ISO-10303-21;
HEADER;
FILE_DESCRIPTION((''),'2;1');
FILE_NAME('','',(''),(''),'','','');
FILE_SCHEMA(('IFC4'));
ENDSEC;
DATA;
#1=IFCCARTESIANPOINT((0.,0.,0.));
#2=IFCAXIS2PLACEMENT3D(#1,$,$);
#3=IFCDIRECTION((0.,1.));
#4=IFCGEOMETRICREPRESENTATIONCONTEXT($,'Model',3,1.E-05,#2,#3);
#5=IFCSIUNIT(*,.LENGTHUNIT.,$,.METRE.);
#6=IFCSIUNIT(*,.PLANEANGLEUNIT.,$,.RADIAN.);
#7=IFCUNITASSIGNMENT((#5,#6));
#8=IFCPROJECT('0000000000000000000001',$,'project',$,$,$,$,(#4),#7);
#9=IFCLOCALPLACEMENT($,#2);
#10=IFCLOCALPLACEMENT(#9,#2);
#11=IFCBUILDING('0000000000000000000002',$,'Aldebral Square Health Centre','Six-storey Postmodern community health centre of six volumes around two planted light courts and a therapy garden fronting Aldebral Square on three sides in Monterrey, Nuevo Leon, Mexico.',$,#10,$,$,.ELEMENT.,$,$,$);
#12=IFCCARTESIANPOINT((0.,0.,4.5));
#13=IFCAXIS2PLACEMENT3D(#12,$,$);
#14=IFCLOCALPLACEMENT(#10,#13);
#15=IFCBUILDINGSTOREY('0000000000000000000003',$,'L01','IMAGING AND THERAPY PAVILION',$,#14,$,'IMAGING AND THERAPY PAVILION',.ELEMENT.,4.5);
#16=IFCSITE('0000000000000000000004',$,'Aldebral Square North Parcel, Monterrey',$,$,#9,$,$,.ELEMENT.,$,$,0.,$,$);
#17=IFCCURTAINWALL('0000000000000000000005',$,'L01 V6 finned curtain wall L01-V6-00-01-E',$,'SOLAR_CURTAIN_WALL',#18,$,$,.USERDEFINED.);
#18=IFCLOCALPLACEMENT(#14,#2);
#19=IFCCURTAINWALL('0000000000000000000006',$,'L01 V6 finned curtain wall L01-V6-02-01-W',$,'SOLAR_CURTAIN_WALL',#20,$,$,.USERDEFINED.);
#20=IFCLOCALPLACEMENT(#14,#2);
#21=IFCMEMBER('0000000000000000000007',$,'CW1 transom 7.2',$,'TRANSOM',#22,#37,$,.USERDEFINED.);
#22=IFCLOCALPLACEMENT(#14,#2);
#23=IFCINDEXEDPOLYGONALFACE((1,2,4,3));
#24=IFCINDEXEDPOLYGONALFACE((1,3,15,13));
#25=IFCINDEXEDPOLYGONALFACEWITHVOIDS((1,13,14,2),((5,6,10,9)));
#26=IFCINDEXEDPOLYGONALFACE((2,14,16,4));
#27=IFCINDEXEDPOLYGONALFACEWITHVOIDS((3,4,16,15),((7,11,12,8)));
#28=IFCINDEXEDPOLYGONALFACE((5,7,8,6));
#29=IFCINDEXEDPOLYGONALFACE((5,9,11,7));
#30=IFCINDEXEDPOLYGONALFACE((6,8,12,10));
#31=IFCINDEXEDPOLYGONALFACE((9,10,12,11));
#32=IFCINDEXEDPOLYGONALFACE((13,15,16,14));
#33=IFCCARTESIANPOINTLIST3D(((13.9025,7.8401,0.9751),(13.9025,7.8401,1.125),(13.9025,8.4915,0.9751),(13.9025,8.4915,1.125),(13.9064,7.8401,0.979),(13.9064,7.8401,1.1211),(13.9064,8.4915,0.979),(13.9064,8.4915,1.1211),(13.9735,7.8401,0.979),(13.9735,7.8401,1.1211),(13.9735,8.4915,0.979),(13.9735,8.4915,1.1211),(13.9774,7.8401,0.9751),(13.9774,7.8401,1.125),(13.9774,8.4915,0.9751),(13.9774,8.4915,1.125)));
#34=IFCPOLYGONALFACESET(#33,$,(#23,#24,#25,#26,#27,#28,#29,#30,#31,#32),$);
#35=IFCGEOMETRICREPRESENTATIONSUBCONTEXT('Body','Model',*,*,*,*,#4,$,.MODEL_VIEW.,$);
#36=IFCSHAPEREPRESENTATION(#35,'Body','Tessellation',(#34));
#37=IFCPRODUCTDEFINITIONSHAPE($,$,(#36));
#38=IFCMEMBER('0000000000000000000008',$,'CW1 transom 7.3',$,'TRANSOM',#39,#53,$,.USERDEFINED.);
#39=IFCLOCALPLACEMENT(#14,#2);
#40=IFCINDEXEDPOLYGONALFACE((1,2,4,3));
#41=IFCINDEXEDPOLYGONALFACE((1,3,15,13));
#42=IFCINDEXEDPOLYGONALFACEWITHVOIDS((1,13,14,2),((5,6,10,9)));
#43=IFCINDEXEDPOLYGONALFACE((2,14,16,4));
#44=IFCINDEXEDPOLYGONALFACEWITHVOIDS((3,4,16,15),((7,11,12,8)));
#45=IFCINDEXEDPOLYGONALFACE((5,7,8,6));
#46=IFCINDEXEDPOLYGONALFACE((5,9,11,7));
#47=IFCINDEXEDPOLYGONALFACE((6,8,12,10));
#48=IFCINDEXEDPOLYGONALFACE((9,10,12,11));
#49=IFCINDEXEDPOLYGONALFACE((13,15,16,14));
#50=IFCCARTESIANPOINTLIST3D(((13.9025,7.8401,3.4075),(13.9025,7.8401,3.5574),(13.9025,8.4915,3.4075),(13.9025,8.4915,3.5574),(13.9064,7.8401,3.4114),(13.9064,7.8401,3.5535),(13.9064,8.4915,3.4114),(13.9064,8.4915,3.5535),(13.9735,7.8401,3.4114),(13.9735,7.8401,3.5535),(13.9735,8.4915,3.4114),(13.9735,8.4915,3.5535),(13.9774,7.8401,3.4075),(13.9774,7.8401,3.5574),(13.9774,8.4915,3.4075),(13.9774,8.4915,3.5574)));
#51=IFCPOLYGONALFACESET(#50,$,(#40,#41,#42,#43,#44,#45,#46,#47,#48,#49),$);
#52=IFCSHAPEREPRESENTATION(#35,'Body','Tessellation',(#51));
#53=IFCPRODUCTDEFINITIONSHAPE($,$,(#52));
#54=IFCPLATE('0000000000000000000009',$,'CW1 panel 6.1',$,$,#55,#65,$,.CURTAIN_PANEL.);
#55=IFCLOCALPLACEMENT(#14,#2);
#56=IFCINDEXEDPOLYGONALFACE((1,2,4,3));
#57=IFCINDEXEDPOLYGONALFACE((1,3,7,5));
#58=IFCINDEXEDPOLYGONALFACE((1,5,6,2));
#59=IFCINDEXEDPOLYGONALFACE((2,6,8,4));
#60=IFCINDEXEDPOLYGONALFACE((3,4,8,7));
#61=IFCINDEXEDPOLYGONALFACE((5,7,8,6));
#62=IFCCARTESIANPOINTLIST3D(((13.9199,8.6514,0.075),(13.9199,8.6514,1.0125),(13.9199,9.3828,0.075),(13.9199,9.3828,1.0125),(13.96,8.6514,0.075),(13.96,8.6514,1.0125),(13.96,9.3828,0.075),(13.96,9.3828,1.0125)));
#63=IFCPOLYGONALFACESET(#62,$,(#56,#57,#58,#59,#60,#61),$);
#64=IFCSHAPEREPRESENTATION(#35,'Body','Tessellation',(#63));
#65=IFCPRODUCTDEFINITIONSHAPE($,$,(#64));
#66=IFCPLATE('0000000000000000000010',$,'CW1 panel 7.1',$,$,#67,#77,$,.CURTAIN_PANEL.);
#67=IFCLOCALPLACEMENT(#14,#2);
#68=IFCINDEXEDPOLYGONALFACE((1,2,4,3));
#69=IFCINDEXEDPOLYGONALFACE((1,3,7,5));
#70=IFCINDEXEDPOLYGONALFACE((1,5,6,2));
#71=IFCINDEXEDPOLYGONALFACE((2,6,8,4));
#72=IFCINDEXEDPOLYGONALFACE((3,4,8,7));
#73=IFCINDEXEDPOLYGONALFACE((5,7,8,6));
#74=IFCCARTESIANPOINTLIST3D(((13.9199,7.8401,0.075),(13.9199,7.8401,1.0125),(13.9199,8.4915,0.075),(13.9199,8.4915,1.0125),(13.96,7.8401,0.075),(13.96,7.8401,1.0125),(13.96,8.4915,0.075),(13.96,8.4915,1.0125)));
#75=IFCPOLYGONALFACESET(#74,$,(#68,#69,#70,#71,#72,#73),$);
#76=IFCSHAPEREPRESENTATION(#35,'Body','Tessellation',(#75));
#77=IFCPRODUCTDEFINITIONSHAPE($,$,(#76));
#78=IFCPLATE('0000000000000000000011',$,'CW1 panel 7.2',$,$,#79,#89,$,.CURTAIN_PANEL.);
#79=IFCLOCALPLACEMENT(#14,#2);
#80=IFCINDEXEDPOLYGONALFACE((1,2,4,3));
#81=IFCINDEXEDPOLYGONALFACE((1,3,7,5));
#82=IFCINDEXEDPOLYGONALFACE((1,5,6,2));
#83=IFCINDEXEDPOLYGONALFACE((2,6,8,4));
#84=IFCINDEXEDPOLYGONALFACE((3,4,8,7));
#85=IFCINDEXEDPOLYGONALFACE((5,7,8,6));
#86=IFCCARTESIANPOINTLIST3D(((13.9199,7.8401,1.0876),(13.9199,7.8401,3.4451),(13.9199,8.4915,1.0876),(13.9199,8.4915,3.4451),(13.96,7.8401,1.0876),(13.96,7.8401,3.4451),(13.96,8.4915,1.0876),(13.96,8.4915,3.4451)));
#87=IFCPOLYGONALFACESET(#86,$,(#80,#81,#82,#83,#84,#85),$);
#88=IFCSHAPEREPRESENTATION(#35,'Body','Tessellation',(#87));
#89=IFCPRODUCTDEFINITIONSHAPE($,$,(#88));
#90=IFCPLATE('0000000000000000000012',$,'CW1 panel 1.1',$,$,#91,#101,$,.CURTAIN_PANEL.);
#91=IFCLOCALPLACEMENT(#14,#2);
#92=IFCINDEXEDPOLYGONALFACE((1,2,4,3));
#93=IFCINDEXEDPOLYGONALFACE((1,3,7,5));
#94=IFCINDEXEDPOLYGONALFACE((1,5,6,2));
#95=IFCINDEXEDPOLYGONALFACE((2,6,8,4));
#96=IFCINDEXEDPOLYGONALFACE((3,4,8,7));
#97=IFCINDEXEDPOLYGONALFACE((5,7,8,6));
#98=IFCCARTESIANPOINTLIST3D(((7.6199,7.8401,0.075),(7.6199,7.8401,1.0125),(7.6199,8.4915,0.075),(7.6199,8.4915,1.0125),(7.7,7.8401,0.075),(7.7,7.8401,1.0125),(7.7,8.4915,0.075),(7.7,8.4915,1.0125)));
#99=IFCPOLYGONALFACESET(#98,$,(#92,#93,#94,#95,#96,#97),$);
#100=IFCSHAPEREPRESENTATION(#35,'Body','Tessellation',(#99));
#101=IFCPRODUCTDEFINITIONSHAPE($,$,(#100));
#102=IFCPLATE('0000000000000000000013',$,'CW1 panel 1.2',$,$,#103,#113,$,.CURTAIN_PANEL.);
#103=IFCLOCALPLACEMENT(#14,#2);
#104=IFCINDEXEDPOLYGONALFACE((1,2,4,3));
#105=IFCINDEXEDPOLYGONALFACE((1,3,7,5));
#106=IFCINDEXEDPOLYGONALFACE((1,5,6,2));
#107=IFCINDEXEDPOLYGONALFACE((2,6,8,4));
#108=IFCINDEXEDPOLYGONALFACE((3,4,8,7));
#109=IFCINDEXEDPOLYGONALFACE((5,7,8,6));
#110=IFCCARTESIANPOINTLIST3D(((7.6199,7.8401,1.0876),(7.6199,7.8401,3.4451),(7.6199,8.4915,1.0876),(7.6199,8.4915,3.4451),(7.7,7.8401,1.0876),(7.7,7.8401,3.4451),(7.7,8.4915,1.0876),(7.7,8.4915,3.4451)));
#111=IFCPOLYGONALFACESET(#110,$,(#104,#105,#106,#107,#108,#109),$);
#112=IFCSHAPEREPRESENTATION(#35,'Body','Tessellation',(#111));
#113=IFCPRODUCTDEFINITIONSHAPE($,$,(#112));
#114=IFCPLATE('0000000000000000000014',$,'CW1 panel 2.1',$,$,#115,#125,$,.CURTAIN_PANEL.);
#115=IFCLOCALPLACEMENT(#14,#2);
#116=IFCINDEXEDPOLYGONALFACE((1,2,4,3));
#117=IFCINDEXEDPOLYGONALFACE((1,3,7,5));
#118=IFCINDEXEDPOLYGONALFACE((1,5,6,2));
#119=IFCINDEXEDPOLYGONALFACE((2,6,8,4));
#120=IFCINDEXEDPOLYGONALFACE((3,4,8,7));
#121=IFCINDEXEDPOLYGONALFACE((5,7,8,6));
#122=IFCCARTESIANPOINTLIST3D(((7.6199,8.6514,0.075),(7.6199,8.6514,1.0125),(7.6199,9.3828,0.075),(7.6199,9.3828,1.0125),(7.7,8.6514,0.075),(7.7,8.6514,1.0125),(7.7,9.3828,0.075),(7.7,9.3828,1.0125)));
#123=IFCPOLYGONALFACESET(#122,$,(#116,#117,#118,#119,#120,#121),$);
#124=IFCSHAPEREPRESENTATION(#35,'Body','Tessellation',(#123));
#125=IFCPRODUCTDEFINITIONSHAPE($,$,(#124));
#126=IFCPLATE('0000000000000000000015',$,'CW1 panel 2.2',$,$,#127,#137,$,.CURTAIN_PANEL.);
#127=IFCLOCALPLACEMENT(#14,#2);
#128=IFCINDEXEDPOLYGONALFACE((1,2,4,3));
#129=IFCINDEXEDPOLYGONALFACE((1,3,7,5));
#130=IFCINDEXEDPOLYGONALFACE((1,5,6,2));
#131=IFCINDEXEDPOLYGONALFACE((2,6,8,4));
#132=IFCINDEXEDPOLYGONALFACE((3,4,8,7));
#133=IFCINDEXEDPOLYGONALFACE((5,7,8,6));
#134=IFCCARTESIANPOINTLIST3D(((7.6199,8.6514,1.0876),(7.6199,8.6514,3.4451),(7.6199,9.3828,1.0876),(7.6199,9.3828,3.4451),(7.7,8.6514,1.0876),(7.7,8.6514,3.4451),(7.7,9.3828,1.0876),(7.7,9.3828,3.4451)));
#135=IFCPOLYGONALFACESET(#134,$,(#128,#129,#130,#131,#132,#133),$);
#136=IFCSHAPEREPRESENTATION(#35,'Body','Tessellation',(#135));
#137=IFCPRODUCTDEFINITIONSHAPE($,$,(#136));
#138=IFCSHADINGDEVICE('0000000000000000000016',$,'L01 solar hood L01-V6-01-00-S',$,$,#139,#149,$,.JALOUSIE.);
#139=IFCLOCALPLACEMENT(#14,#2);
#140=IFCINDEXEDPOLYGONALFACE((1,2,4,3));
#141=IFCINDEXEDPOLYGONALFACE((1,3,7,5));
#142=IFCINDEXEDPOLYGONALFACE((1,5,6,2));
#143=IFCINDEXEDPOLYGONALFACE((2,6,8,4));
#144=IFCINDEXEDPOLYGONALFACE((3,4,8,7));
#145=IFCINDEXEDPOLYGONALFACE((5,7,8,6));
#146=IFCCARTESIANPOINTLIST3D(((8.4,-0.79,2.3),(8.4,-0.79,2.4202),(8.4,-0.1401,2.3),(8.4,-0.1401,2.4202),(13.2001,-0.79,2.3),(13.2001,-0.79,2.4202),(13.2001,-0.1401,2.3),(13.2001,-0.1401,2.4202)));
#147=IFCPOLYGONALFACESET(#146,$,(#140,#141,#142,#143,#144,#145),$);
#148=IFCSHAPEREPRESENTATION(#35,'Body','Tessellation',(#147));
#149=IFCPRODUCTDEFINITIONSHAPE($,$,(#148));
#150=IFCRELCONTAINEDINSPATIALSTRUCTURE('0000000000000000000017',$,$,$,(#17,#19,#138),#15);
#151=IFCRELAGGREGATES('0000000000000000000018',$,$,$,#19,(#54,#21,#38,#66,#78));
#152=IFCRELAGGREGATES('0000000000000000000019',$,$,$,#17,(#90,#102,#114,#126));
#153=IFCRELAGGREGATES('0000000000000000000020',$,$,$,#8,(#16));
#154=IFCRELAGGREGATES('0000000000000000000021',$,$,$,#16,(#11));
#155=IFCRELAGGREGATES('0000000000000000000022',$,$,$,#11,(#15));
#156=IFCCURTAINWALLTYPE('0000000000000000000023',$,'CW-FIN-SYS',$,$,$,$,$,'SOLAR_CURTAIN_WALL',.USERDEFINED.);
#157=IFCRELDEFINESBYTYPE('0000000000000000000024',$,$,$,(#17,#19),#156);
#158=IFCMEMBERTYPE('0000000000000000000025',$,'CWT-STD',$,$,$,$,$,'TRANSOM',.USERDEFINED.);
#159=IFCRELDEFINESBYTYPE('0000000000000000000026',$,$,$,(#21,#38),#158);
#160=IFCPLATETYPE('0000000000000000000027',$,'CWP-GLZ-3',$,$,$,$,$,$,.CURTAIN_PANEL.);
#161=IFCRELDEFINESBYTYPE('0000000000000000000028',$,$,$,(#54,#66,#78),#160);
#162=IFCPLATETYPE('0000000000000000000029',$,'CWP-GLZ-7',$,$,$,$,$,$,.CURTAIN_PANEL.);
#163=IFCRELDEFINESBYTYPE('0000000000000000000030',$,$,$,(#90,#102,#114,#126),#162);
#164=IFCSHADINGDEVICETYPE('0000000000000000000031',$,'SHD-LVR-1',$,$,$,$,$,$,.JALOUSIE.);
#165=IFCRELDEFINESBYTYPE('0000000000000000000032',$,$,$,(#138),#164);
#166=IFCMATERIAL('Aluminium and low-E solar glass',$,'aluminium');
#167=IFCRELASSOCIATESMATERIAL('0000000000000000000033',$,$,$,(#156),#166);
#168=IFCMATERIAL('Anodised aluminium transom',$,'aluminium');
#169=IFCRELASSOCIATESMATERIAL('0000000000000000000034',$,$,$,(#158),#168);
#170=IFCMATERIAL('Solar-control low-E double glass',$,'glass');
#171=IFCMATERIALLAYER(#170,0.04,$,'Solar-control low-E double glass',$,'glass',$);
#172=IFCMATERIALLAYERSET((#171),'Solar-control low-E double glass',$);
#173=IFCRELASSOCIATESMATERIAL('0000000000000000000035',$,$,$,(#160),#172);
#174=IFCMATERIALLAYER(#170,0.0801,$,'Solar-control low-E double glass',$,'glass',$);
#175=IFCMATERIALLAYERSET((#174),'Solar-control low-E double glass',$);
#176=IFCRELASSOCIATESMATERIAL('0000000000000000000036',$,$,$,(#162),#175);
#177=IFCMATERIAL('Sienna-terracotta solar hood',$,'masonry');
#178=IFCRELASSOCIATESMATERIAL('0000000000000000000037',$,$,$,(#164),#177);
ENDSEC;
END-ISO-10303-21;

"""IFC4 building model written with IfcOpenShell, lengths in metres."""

from ifc_helpers import new_model, si_unit, direction, frame, origin, origin_2d, place, context, subcontext, project, spatial, rectangle, hollow_rectangle, extrude, material, layer, layer_set, material_profile, profile_set, type_object, element, aggregate, save


model = new_model("IFC4")

# Units and contexts
model_context = context("Model", 3, precision=1e-05, world=origin(), true_north=direction((0.0, 1.0)))
body_context = subcontext(model_context, "Body", "Model", "MODEL_VIEW")
ifc_project = project(units=[si_unit("LENGTHUNIT", "METRE"), si_unit("PLANEANGLEUNIT", "RADIAN")], contexts=[model_context])

# Site, building, storey
site_placement = place(None, origin())
site = spatial("IfcSite", under=ifc_project, at=site_placement, Name="Aldebral Square North Parcel, Monterrey", CompositionType="ELEMENT", RefElevation=0.0)
building_placement = place(site_placement, origin())
building = spatial("IfcBuilding", under=site, at=building_placement, Name="Aldebral Square Health Centre", Description="Six-storey Postmodern community health centre of six volumes around two planted light courts and a therapy garden fronting Aldebral Square on three sides in Monterrey, Nuevo Leon, Mexico.", CompositionType="ELEMENT")
storey_placement = place(building_placement, frame((0.0, 0.0, 4.5)))
storey = spatial("IfcBuildingStorey", under=building, at=storey_placement, Name="L01", Description="IMAGING AND THERAPY PAVILION", LongName="IMAGING AND THERAPY PAVILION", CompositionType="ELEMENT", Elevation=4.5)

# Curtain wall
ifc_material_1 = material(Name="Aluminium and low-E solar glass", Category="aluminium")
curtain_wall_type = type_object("IfcCurtainWallType", Name="CW-FIN-SYS", ElementType="SOLAR_CURTAIN_WALL", PredefinedType="USERDEFINED", material=ifc_material_1)
curtain_wall_1_placement = place(storey_placement, origin())
curtain_wall_1 = element("IfcCurtainWall", 1, at=curtain_wall_1_placement, inside=storey, type_object=curtain_wall_type, Name="L01 V6 finned curtain wall L01-V6-00-01-E", ObjectType="SOLAR_CURTAIN_WALL", PredefinedType="USERDEFINED")

# Curtain wall
curtain_wall_2_placement = place(storey_placement, origin())
curtain_wall_2 = element("IfcCurtainWall", 2, at=curtain_wall_2_placement, inside=storey, type_object=curtain_wall_type, Name="L01 V6 finned curtain wall L01-V6-02-01-W", ObjectType="SOLAR_CURTAIN_WALL", PredefinedType="USERDEFINED")

# Members
ifc_material_2 = material(Name="Anodised aluminium transom", Category="aluminium")
ifc_material_profile_1 = material_profile(ifc_material_2, hollow_rectangle(XDim=0.075, YDim=0.1499, WallThickness=0.0039, at=origin_2d()), Name="CWT 75x150x4")
ifc_profile_set_1 = profile_set([ifc_material_profile_1], Name="Anodised aluminium transom")
member_type_1 = type_object("IfcMemberType", Name="CWT-STD", ElementType="TRANSOM", PredefinedType="USERDEFINED", material=ifc_profile_set_1)
member_1_placement = place(storey_placement, frame((13.9399, 8.4915, 1.05), z_axis=(0.0, -1.0, 0.0), x_axis=(1.0, 0.0, 0.0)))
member_1 = element("IfcMember", 3, at=member_1_placement, type_object=member_type_1, Name="CW1 transom 7.2", ObjectType="TRANSOM", PredefinedType="USERDEFINED", context=body_context, shape_type="SweptSolid", body=[
    extrude(hollow_rectangle(XDim=0.075, YDim=0.1499, WallThickness=0.0039, at=origin_2d()), origin(), (0.0, 0.0, 1.0), 0.6514),
])
member_2_placement = place(storey_placement, frame((13.9399, 8.4915, 3.4824), z_axis=(0.0, -1.0, 0.0), x_axis=(1.0, 0.0, 0.0)))
member_2 = element("IfcMember", 4, at=member_2_placement, type_object=member_type_1, Name="CW1 transom 7.3", ObjectType="TRANSOM", PredefinedType="USERDEFINED", context=body_context, shape_type="SweptSolid", body=[
    extrude(hollow_rectangle(XDim=0.075, YDim=0.1499, WallThickness=0.0039, at=origin_2d()), origin(), (0.0, 0.0, 1.0), 0.6514),
])

# Plates
ifc_material_3 = material(Name="Solar-control low-E double glass", Category="glass")
ifc_layer_1 = layer(ifc_material_3, 0.04, Name="Solar-control low-E double glass", Category="glass")
ifc_layer_set_1 = layer_set([ifc_layer_1], Name="Solar-control low-E double glass")
plate_type_1 = type_object("IfcPlateType", Name="CWP-GLZ-3", PredefinedType="CURTAIN_PANEL", material=ifc_layer_set_1)
plate_1_placement = place(storey_placement, frame((13.9399, 9.0171, 0.075), z_axis=(0.0, 0.0, 1.0), x_axis=(0.0, -1.0, 0.0)))
plate_1 = element("IfcPlate", 5, at=plate_1_placement, type_object=plate_type_1, Name="CW1 panel 6.1", PredefinedType="CURTAIN_PANEL", context=body_context, shape_type="SweptSolid", body=[
    extrude(rectangle(XDim=0.7314, YDim=0.04, at=origin_2d()), origin(), (0.0, 0.0, 1.0), 0.9375),
])
plate_2_placement = place(storey_placement, frame((13.9399, 8.1658, 0.075), z_axis=(0.0, 0.0, 1.0), x_axis=(0.0, -1.0, 0.0)))
plate_2 = element("IfcPlate", 6, at=plate_2_placement, type_object=plate_type_1, Name="CW1 panel 7.1", PredefinedType="CURTAIN_PANEL", context=body_context, shape_type="SweptSolid", body=[
    extrude(rectangle(XDim=0.6514, YDim=0.04, at=origin_2d()), origin(), (0.0, 0.0, 1.0), 0.9375),
])
plate_3_placement = place(storey_placement, frame((13.9399, 8.1658, 1.0876), z_axis=(0.0, 0.0, 1.0), x_axis=(0.0, -1.0, 0.0)))
plate_3 = element("IfcPlate", 7, at=plate_3_placement, type_object=plate_type_1, Name="CW1 panel 7.2", PredefinedType="CURTAIN_PANEL", context=body_context, shape_type="SweptSolid", body=[
    extrude(rectangle(XDim=0.6514, YDim=0.04, at=origin_2d()), origin(), (0.0, 0.0, 1.0), 2.3574),
])
aggregate(curtain_wall_2, [plate_1, member_1, member_2, plate_2, plate_3])
ifc_layer_2 = layer(ifc_material_3, 0.0801, Name="Solar-control low-E double glass", Category="glass")
ifc_layer_set_2 = layer_set([ifc_layer_2], Name="Solar-control low-E double glass")
plate_type_2 = type_object("IfcPlateType", Name="CWP-GLZ-7", PredefinedType="CURTAIN_PANEL", material=ifc_layer_set_2)
plate_4_placement = place(storey_placement, frame((7.6599, 8.1658, 0.075), z_axis=(0.0, 0.0, 1.0), x_axis=(0.0, 1.0, 0.0)))
plate_4 = element("IfcPlate", 8, at=plate_4_placement, type_object=plate_type_2, Name="CW1 panel 1.1", PredefinedType="CURTAIN_PANEL", context=body_context, shape_type="SweptSolid", body=[
    extrude(rectangle(XDim=0.6514, YDim=0.0801, at=origin_2d()), origin(), (0.0, 0.0, 1.0), 0.9375),
])
plate_5_placement = place(storey_placement, frame((7.6599, 8.1658, 1.0876), z_axis=(0.0, 0.0, 1.0), x_axis=(0.0, 1.0, 0.0)))
plate_5 = element("IfcPlate", 9, at=plate_5_placement, type_object=plate_type_2, Name="CW1 panel 1.2", PredefinedType="CURTAIN_PANEL", context=body_context, shape_type="SweptSolid", body=[
    extrude(rectangle(XDim=0.6514, YDim=0.0801, at=origin_2d()), origin(), (0.0, 0.0, 1.0), 2.3574),
])
plate_6_placement = place(storey_placement, frame((7.6599, 9.0171, 0.075), z_axis=(0.0, 0.0, 1.0), x_axis=(0.0, 1.0, 0.0)))
plate_6 = element("IfcPlate", 10, at=plate_6_placement, type_object=plate_type_2, Name="CW1 panel 2.1", PredefinedType="CURTAIN_PANEL", context=body_context, shape_type="SweptSolid", body=[
    extrude(rectangle(XDim=0.7314, YDim=0.0801, at=origin_2d()), origin(), (0.0, 0.0, 1.0), 0.9375),
])
plate_7_placement = place(storey_placement, frame((7.6599, 9.0171, 1.0876), z_axis=(0.0, 0.0, 1.0), x_axis=(0.0, 1.0, 0.0)))
plate_7 = element("IfcPlate", 11, at=plate_7_placement, type_object=plate_type_2, Name="CW1 panel 2.2", PredefinedType="CURTAIN_PANEL", context=body_context, shape_type="SweptSolid", body=[
    extrude(rectangle(XDim=0.7314, YDim=0.0801, at=origin_2d()), origin(), (0.0, 0.0, 1.0), 2.3574),
])
aggregate(curtain_wall_1, [plate_4, plate_5, plate_6, plate_7])

# Shading device
ifc_material_4 = material(Name="Sienna-terracotta solar hood", Category="masonry")
shading_device_type = type_object("IfcShadingDeviceType", Name="SHD-LVR-1", PredefinedType="JALOUSIE", material=ifc_material_4)
shading_device_placement = place(storey_placement, frame((10.8, -0.4651, 2.3), z_axis=(0.0, 0.0, 1.0), x_axis=(1.0, 0.0, 0.0)))
element("IfcShadingDevice", 12, at=shading_device_placement, inside=storey, type_object=shading_device_type, Name="L01 solar hood L01-V6-01-00-S", PredefinedType="JALOUSIE", context=body_context, shape_type="SweptSolid", body=[
    extrude(rectangle(XDim=4.8, YDim=0.6499, at=origin_2d()), origin(), (0.0, 0.0, 1.0), 0.1201),
])

save(model, "model.ifc")
